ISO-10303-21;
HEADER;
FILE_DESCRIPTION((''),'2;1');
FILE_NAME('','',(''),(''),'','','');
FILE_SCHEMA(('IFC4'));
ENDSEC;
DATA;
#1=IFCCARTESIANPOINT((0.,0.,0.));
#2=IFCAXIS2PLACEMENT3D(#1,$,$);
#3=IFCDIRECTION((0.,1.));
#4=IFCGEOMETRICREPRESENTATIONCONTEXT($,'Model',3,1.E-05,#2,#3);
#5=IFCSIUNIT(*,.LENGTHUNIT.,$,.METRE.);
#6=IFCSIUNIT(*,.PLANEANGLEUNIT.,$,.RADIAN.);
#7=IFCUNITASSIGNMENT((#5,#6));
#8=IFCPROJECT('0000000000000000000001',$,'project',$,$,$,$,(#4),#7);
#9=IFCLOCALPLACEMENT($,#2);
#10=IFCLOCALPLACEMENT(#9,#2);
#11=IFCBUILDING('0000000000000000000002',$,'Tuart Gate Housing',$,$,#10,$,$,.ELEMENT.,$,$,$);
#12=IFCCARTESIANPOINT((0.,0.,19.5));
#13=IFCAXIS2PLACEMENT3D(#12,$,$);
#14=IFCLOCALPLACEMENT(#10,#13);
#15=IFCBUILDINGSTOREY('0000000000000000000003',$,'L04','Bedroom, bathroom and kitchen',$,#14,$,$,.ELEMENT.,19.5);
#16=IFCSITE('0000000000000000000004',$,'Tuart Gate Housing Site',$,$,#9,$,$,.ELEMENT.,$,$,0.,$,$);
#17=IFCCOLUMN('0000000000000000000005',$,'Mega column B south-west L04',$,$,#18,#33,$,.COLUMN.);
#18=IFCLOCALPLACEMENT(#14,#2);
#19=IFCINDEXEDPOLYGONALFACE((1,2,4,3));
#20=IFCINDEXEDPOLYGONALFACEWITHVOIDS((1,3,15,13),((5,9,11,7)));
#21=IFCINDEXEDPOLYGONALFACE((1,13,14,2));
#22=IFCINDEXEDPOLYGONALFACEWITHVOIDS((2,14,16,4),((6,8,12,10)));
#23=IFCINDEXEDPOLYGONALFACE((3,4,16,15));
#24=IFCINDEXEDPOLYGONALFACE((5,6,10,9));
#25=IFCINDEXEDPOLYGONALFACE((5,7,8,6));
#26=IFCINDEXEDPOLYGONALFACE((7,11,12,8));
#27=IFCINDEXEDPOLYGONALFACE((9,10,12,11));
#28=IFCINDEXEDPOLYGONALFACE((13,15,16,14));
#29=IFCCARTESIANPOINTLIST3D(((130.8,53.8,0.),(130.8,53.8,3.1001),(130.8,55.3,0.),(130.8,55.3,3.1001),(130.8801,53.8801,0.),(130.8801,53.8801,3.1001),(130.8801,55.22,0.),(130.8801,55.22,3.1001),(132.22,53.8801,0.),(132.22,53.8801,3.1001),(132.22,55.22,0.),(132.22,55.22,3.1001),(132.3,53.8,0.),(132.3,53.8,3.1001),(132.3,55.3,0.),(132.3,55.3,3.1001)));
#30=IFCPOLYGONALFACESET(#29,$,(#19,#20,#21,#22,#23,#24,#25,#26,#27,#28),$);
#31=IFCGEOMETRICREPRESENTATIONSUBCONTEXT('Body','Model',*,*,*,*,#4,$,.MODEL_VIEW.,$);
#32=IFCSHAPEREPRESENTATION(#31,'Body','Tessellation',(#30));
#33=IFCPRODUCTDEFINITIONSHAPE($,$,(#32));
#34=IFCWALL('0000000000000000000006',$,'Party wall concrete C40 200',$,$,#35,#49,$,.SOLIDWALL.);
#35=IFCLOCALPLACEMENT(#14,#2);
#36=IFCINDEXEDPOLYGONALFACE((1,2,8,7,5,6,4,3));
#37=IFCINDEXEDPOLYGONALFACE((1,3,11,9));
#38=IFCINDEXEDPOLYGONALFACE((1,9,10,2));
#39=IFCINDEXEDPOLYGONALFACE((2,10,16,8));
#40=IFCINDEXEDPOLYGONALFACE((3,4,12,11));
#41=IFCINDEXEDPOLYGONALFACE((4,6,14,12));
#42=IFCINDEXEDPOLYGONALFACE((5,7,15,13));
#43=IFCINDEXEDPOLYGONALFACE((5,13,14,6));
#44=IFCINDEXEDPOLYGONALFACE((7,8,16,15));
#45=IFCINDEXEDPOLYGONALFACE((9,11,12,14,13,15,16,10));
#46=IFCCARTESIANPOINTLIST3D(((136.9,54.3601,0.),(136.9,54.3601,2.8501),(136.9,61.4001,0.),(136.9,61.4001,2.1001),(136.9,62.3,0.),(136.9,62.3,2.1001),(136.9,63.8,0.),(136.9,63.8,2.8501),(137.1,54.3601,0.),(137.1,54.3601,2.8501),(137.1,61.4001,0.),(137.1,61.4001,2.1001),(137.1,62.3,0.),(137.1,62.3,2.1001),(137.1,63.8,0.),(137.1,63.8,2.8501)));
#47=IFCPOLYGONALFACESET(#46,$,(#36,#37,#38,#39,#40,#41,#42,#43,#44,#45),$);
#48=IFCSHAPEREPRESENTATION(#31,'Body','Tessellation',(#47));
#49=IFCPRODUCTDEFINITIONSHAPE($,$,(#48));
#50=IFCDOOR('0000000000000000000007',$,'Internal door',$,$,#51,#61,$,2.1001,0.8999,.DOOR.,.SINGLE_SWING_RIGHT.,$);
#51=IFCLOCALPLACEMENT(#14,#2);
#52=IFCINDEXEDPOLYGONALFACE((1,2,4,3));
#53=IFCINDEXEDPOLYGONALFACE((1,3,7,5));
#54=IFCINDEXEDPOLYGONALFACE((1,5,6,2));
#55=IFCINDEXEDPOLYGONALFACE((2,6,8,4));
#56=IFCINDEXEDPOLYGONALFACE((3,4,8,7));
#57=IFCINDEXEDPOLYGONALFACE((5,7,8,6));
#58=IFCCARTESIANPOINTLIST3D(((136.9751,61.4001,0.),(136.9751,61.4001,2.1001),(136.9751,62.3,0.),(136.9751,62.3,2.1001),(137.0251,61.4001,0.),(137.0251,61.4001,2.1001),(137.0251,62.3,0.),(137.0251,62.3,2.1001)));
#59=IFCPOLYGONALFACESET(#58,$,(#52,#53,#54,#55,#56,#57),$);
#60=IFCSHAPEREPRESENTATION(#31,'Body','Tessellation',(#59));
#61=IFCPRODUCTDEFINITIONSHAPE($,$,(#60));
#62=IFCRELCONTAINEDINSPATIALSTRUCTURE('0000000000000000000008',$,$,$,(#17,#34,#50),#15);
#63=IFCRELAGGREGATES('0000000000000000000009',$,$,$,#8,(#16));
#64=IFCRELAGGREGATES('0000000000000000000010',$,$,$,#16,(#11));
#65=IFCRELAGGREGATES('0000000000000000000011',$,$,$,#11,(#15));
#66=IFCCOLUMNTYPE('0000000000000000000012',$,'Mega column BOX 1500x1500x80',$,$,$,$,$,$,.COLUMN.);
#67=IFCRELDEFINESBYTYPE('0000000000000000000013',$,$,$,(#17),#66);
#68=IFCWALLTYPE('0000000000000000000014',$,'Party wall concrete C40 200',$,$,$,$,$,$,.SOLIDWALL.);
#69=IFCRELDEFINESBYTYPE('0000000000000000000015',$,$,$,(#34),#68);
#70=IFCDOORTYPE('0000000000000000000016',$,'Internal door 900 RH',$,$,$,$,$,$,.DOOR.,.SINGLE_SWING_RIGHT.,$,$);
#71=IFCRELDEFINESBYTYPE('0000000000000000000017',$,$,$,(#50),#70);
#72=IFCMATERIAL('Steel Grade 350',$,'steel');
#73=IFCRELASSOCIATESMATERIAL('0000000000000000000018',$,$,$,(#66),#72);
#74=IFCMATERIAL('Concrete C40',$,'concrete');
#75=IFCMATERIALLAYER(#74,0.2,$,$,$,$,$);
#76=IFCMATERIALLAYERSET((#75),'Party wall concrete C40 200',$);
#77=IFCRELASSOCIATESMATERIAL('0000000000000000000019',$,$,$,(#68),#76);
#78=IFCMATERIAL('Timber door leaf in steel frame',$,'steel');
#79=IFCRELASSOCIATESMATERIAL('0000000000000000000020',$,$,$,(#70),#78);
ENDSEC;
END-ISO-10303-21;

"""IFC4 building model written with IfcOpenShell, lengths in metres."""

from ifc_helpers import new_model, si_unit, direction, frame, frame_2d, origin, origin_2d, place, context, subcontext, project, spatial, rectangle, hollow_rectangle, extrude, material, layer, layer_set, material_profile, profile_set, type_object, element, fill, save


model = new_model("IFC4")

# Units and contexts
model_context = context("Model", 3, precision=1e-05, world=origin(), true_north=direction((0.0, 1.0)))
body_context = subcontext(model_context, "Body", "Model", "MODEL_VIEW")
ifc_project = project(units=[si_unit("LENGTHUNIT", "METRE"), si_unit("PLANEANGLEUNIT", "RADIAN")], contexts=[model_context])

# Site, building, storey
site_placement = place(None, origin())
site = spatial("IfcSite", under=ifc_project, at=site_placement, Name="Tuart Gate Housing Site", CompositionType="ELEMENT", RefElevation=0.0)
building_placement = place(site_placement, origin())
building = spatial("IfcBuilding", under=site, at=building_placement, Name="Tuart Gate Housing", CompositionType="ELEMENT")
storey_placement = place(building_placement, frame((0.0, 0.0, 19.5)))
storey = spatial("IfcBuildingStorey", under=building, at=storey_placement, Name="L04", Description="Bedroom, bathroom and kitchen", CompositionType="ELEMENT", Elevation=19.5)

# Column
ifc_material_1 = material(Name="Steel Grade 350", Category="steel")
ifc_material_profile = material_profile(ifc_material_1, hollow_rectangle(XDim=1.5, YDim=1.5, WallThickness=0.0801, at=origin_2d()), Name="BOX 1500x1500x80")
ifc_profile_set = profile_set([ifc_material_profile], Name="Steel Grade 350")
column_type = type_object("IfcColumnType", Name="Mega column BOX 1500x1500x80", PredefinedType="COLUMN", material=ifc_profile_set)
column_placement = place(storey_placement, frame((131.55, 54.55, 0.0), z_axis=(0.0, 0.0, 1.0), x_axis=(1.0, 0.0, 0.0)))
element("IfcColumn", 1, at=column_placement, inside=storey, type_object=column_type, Name="Mega column B south-west L04", PredefinedType="COLUMN", context=body_context, shape_type="SweptSolid", body=[
    extrude(hollow_rectangle(XDim=1.5, YDim=1.5, WallThickness=0.0801, at=origin_2d()), origin(), (0.0, 0.0, 1.0), 3.1001),
])

# Wall, opening, door
ifc_material_2 = material(Name="Concrete C40", Category="concrete")
ifc_layer_1 = layer(ifc_material_2, 0.2)
ifc_layer_set_1 = layer_set([ifc_layer_1], Name="Party wall concrete C40 200")
wall_type_1 = type_object("IfcWallType", Name="Party wall concrete C40 200", PredefinedType="SOLIDWALL", material=ifc_layer_set_1)
wall_1_placement = place(storey_placement, frame((137.0, 54.3601, 0.0), z_axis=(0.0, 0.0, 1.0), x_axis=(0.0, 1.0, 0.0)))
wall_1 = element("IfcWall", 2, at=wall_1_placement, inside=storey, type_object=wall_type_1, Name="Party wall concrete C40 200", PredefinedType="SOLIDWALL", context=body_context, shape_type="SweptSolid", body=[
    extrude(rectangle(XDim=9.4399, YDim=0.2, at=frame_2d((4.72, 0.0))), origin(), (0.0, 0.0, 1.0), 2.8501),
])
opening_1_placement = place(wall_1_placement, frame((7.04, 0.0, 0.0)))
opening_1 = element("IfcOpeningElement", 3, at=opening_1_placement, cuts=wall_1, PredefinedType="OPENING", context=body_context, shape_type="SweptSolid", body=[
    extrude(rectangle(XDim=0.8999, YDim=2.1001, at=frame_2d((0.45, 1.05))), frame((0.0, 0.1099, 0.0), z_axis=(0.0, -1.0, 0.0), x_axis=(1.0, 0.0, 0.0)), (0.0, 0.0, 1.0), 0.22),
])
ifc_material_3 = material(Name="Timber door leaf in steel frame", Category="steel")
door_type = type_object("IfcDoorType", Name="Internal door 900 RH", OperationType="SINGLE_SWING_RIGHT", PredefinedType="DOOR", material=ifc_material_3)
door_placement = place(opening_1_placement, frame((0.8999, 0.0, 0.0), z_axis=(0.0, 0.0, 1.0), x_axis=(-1.0, 0.0, 0.0)))
door = element("IfcDoor", 4, at=door_placement, inside=storey, type_object=door_type, Name="Internal door", OperationType="SINGLE_SWING_RIGHT", OverallHeight=2.1001, OverallWidth=0.8999, PredefinedType="DOOR", context=body_context, shape_type="SweptSolid", body=[
    extrude(rectangle(XDim=0.8999, YDim=2.1001, at=frame_2d((0.45, 1.05))), frame((0.0, 0.0251, 0.0), z_axis=(0.0, -1.0, 0.0), x_axis=(1.0, 0.0, 0.0)), (0.0, 0.0, 1.0), 0.05),
])
fill(opening_1, door)

save(model, "model.ifc")
